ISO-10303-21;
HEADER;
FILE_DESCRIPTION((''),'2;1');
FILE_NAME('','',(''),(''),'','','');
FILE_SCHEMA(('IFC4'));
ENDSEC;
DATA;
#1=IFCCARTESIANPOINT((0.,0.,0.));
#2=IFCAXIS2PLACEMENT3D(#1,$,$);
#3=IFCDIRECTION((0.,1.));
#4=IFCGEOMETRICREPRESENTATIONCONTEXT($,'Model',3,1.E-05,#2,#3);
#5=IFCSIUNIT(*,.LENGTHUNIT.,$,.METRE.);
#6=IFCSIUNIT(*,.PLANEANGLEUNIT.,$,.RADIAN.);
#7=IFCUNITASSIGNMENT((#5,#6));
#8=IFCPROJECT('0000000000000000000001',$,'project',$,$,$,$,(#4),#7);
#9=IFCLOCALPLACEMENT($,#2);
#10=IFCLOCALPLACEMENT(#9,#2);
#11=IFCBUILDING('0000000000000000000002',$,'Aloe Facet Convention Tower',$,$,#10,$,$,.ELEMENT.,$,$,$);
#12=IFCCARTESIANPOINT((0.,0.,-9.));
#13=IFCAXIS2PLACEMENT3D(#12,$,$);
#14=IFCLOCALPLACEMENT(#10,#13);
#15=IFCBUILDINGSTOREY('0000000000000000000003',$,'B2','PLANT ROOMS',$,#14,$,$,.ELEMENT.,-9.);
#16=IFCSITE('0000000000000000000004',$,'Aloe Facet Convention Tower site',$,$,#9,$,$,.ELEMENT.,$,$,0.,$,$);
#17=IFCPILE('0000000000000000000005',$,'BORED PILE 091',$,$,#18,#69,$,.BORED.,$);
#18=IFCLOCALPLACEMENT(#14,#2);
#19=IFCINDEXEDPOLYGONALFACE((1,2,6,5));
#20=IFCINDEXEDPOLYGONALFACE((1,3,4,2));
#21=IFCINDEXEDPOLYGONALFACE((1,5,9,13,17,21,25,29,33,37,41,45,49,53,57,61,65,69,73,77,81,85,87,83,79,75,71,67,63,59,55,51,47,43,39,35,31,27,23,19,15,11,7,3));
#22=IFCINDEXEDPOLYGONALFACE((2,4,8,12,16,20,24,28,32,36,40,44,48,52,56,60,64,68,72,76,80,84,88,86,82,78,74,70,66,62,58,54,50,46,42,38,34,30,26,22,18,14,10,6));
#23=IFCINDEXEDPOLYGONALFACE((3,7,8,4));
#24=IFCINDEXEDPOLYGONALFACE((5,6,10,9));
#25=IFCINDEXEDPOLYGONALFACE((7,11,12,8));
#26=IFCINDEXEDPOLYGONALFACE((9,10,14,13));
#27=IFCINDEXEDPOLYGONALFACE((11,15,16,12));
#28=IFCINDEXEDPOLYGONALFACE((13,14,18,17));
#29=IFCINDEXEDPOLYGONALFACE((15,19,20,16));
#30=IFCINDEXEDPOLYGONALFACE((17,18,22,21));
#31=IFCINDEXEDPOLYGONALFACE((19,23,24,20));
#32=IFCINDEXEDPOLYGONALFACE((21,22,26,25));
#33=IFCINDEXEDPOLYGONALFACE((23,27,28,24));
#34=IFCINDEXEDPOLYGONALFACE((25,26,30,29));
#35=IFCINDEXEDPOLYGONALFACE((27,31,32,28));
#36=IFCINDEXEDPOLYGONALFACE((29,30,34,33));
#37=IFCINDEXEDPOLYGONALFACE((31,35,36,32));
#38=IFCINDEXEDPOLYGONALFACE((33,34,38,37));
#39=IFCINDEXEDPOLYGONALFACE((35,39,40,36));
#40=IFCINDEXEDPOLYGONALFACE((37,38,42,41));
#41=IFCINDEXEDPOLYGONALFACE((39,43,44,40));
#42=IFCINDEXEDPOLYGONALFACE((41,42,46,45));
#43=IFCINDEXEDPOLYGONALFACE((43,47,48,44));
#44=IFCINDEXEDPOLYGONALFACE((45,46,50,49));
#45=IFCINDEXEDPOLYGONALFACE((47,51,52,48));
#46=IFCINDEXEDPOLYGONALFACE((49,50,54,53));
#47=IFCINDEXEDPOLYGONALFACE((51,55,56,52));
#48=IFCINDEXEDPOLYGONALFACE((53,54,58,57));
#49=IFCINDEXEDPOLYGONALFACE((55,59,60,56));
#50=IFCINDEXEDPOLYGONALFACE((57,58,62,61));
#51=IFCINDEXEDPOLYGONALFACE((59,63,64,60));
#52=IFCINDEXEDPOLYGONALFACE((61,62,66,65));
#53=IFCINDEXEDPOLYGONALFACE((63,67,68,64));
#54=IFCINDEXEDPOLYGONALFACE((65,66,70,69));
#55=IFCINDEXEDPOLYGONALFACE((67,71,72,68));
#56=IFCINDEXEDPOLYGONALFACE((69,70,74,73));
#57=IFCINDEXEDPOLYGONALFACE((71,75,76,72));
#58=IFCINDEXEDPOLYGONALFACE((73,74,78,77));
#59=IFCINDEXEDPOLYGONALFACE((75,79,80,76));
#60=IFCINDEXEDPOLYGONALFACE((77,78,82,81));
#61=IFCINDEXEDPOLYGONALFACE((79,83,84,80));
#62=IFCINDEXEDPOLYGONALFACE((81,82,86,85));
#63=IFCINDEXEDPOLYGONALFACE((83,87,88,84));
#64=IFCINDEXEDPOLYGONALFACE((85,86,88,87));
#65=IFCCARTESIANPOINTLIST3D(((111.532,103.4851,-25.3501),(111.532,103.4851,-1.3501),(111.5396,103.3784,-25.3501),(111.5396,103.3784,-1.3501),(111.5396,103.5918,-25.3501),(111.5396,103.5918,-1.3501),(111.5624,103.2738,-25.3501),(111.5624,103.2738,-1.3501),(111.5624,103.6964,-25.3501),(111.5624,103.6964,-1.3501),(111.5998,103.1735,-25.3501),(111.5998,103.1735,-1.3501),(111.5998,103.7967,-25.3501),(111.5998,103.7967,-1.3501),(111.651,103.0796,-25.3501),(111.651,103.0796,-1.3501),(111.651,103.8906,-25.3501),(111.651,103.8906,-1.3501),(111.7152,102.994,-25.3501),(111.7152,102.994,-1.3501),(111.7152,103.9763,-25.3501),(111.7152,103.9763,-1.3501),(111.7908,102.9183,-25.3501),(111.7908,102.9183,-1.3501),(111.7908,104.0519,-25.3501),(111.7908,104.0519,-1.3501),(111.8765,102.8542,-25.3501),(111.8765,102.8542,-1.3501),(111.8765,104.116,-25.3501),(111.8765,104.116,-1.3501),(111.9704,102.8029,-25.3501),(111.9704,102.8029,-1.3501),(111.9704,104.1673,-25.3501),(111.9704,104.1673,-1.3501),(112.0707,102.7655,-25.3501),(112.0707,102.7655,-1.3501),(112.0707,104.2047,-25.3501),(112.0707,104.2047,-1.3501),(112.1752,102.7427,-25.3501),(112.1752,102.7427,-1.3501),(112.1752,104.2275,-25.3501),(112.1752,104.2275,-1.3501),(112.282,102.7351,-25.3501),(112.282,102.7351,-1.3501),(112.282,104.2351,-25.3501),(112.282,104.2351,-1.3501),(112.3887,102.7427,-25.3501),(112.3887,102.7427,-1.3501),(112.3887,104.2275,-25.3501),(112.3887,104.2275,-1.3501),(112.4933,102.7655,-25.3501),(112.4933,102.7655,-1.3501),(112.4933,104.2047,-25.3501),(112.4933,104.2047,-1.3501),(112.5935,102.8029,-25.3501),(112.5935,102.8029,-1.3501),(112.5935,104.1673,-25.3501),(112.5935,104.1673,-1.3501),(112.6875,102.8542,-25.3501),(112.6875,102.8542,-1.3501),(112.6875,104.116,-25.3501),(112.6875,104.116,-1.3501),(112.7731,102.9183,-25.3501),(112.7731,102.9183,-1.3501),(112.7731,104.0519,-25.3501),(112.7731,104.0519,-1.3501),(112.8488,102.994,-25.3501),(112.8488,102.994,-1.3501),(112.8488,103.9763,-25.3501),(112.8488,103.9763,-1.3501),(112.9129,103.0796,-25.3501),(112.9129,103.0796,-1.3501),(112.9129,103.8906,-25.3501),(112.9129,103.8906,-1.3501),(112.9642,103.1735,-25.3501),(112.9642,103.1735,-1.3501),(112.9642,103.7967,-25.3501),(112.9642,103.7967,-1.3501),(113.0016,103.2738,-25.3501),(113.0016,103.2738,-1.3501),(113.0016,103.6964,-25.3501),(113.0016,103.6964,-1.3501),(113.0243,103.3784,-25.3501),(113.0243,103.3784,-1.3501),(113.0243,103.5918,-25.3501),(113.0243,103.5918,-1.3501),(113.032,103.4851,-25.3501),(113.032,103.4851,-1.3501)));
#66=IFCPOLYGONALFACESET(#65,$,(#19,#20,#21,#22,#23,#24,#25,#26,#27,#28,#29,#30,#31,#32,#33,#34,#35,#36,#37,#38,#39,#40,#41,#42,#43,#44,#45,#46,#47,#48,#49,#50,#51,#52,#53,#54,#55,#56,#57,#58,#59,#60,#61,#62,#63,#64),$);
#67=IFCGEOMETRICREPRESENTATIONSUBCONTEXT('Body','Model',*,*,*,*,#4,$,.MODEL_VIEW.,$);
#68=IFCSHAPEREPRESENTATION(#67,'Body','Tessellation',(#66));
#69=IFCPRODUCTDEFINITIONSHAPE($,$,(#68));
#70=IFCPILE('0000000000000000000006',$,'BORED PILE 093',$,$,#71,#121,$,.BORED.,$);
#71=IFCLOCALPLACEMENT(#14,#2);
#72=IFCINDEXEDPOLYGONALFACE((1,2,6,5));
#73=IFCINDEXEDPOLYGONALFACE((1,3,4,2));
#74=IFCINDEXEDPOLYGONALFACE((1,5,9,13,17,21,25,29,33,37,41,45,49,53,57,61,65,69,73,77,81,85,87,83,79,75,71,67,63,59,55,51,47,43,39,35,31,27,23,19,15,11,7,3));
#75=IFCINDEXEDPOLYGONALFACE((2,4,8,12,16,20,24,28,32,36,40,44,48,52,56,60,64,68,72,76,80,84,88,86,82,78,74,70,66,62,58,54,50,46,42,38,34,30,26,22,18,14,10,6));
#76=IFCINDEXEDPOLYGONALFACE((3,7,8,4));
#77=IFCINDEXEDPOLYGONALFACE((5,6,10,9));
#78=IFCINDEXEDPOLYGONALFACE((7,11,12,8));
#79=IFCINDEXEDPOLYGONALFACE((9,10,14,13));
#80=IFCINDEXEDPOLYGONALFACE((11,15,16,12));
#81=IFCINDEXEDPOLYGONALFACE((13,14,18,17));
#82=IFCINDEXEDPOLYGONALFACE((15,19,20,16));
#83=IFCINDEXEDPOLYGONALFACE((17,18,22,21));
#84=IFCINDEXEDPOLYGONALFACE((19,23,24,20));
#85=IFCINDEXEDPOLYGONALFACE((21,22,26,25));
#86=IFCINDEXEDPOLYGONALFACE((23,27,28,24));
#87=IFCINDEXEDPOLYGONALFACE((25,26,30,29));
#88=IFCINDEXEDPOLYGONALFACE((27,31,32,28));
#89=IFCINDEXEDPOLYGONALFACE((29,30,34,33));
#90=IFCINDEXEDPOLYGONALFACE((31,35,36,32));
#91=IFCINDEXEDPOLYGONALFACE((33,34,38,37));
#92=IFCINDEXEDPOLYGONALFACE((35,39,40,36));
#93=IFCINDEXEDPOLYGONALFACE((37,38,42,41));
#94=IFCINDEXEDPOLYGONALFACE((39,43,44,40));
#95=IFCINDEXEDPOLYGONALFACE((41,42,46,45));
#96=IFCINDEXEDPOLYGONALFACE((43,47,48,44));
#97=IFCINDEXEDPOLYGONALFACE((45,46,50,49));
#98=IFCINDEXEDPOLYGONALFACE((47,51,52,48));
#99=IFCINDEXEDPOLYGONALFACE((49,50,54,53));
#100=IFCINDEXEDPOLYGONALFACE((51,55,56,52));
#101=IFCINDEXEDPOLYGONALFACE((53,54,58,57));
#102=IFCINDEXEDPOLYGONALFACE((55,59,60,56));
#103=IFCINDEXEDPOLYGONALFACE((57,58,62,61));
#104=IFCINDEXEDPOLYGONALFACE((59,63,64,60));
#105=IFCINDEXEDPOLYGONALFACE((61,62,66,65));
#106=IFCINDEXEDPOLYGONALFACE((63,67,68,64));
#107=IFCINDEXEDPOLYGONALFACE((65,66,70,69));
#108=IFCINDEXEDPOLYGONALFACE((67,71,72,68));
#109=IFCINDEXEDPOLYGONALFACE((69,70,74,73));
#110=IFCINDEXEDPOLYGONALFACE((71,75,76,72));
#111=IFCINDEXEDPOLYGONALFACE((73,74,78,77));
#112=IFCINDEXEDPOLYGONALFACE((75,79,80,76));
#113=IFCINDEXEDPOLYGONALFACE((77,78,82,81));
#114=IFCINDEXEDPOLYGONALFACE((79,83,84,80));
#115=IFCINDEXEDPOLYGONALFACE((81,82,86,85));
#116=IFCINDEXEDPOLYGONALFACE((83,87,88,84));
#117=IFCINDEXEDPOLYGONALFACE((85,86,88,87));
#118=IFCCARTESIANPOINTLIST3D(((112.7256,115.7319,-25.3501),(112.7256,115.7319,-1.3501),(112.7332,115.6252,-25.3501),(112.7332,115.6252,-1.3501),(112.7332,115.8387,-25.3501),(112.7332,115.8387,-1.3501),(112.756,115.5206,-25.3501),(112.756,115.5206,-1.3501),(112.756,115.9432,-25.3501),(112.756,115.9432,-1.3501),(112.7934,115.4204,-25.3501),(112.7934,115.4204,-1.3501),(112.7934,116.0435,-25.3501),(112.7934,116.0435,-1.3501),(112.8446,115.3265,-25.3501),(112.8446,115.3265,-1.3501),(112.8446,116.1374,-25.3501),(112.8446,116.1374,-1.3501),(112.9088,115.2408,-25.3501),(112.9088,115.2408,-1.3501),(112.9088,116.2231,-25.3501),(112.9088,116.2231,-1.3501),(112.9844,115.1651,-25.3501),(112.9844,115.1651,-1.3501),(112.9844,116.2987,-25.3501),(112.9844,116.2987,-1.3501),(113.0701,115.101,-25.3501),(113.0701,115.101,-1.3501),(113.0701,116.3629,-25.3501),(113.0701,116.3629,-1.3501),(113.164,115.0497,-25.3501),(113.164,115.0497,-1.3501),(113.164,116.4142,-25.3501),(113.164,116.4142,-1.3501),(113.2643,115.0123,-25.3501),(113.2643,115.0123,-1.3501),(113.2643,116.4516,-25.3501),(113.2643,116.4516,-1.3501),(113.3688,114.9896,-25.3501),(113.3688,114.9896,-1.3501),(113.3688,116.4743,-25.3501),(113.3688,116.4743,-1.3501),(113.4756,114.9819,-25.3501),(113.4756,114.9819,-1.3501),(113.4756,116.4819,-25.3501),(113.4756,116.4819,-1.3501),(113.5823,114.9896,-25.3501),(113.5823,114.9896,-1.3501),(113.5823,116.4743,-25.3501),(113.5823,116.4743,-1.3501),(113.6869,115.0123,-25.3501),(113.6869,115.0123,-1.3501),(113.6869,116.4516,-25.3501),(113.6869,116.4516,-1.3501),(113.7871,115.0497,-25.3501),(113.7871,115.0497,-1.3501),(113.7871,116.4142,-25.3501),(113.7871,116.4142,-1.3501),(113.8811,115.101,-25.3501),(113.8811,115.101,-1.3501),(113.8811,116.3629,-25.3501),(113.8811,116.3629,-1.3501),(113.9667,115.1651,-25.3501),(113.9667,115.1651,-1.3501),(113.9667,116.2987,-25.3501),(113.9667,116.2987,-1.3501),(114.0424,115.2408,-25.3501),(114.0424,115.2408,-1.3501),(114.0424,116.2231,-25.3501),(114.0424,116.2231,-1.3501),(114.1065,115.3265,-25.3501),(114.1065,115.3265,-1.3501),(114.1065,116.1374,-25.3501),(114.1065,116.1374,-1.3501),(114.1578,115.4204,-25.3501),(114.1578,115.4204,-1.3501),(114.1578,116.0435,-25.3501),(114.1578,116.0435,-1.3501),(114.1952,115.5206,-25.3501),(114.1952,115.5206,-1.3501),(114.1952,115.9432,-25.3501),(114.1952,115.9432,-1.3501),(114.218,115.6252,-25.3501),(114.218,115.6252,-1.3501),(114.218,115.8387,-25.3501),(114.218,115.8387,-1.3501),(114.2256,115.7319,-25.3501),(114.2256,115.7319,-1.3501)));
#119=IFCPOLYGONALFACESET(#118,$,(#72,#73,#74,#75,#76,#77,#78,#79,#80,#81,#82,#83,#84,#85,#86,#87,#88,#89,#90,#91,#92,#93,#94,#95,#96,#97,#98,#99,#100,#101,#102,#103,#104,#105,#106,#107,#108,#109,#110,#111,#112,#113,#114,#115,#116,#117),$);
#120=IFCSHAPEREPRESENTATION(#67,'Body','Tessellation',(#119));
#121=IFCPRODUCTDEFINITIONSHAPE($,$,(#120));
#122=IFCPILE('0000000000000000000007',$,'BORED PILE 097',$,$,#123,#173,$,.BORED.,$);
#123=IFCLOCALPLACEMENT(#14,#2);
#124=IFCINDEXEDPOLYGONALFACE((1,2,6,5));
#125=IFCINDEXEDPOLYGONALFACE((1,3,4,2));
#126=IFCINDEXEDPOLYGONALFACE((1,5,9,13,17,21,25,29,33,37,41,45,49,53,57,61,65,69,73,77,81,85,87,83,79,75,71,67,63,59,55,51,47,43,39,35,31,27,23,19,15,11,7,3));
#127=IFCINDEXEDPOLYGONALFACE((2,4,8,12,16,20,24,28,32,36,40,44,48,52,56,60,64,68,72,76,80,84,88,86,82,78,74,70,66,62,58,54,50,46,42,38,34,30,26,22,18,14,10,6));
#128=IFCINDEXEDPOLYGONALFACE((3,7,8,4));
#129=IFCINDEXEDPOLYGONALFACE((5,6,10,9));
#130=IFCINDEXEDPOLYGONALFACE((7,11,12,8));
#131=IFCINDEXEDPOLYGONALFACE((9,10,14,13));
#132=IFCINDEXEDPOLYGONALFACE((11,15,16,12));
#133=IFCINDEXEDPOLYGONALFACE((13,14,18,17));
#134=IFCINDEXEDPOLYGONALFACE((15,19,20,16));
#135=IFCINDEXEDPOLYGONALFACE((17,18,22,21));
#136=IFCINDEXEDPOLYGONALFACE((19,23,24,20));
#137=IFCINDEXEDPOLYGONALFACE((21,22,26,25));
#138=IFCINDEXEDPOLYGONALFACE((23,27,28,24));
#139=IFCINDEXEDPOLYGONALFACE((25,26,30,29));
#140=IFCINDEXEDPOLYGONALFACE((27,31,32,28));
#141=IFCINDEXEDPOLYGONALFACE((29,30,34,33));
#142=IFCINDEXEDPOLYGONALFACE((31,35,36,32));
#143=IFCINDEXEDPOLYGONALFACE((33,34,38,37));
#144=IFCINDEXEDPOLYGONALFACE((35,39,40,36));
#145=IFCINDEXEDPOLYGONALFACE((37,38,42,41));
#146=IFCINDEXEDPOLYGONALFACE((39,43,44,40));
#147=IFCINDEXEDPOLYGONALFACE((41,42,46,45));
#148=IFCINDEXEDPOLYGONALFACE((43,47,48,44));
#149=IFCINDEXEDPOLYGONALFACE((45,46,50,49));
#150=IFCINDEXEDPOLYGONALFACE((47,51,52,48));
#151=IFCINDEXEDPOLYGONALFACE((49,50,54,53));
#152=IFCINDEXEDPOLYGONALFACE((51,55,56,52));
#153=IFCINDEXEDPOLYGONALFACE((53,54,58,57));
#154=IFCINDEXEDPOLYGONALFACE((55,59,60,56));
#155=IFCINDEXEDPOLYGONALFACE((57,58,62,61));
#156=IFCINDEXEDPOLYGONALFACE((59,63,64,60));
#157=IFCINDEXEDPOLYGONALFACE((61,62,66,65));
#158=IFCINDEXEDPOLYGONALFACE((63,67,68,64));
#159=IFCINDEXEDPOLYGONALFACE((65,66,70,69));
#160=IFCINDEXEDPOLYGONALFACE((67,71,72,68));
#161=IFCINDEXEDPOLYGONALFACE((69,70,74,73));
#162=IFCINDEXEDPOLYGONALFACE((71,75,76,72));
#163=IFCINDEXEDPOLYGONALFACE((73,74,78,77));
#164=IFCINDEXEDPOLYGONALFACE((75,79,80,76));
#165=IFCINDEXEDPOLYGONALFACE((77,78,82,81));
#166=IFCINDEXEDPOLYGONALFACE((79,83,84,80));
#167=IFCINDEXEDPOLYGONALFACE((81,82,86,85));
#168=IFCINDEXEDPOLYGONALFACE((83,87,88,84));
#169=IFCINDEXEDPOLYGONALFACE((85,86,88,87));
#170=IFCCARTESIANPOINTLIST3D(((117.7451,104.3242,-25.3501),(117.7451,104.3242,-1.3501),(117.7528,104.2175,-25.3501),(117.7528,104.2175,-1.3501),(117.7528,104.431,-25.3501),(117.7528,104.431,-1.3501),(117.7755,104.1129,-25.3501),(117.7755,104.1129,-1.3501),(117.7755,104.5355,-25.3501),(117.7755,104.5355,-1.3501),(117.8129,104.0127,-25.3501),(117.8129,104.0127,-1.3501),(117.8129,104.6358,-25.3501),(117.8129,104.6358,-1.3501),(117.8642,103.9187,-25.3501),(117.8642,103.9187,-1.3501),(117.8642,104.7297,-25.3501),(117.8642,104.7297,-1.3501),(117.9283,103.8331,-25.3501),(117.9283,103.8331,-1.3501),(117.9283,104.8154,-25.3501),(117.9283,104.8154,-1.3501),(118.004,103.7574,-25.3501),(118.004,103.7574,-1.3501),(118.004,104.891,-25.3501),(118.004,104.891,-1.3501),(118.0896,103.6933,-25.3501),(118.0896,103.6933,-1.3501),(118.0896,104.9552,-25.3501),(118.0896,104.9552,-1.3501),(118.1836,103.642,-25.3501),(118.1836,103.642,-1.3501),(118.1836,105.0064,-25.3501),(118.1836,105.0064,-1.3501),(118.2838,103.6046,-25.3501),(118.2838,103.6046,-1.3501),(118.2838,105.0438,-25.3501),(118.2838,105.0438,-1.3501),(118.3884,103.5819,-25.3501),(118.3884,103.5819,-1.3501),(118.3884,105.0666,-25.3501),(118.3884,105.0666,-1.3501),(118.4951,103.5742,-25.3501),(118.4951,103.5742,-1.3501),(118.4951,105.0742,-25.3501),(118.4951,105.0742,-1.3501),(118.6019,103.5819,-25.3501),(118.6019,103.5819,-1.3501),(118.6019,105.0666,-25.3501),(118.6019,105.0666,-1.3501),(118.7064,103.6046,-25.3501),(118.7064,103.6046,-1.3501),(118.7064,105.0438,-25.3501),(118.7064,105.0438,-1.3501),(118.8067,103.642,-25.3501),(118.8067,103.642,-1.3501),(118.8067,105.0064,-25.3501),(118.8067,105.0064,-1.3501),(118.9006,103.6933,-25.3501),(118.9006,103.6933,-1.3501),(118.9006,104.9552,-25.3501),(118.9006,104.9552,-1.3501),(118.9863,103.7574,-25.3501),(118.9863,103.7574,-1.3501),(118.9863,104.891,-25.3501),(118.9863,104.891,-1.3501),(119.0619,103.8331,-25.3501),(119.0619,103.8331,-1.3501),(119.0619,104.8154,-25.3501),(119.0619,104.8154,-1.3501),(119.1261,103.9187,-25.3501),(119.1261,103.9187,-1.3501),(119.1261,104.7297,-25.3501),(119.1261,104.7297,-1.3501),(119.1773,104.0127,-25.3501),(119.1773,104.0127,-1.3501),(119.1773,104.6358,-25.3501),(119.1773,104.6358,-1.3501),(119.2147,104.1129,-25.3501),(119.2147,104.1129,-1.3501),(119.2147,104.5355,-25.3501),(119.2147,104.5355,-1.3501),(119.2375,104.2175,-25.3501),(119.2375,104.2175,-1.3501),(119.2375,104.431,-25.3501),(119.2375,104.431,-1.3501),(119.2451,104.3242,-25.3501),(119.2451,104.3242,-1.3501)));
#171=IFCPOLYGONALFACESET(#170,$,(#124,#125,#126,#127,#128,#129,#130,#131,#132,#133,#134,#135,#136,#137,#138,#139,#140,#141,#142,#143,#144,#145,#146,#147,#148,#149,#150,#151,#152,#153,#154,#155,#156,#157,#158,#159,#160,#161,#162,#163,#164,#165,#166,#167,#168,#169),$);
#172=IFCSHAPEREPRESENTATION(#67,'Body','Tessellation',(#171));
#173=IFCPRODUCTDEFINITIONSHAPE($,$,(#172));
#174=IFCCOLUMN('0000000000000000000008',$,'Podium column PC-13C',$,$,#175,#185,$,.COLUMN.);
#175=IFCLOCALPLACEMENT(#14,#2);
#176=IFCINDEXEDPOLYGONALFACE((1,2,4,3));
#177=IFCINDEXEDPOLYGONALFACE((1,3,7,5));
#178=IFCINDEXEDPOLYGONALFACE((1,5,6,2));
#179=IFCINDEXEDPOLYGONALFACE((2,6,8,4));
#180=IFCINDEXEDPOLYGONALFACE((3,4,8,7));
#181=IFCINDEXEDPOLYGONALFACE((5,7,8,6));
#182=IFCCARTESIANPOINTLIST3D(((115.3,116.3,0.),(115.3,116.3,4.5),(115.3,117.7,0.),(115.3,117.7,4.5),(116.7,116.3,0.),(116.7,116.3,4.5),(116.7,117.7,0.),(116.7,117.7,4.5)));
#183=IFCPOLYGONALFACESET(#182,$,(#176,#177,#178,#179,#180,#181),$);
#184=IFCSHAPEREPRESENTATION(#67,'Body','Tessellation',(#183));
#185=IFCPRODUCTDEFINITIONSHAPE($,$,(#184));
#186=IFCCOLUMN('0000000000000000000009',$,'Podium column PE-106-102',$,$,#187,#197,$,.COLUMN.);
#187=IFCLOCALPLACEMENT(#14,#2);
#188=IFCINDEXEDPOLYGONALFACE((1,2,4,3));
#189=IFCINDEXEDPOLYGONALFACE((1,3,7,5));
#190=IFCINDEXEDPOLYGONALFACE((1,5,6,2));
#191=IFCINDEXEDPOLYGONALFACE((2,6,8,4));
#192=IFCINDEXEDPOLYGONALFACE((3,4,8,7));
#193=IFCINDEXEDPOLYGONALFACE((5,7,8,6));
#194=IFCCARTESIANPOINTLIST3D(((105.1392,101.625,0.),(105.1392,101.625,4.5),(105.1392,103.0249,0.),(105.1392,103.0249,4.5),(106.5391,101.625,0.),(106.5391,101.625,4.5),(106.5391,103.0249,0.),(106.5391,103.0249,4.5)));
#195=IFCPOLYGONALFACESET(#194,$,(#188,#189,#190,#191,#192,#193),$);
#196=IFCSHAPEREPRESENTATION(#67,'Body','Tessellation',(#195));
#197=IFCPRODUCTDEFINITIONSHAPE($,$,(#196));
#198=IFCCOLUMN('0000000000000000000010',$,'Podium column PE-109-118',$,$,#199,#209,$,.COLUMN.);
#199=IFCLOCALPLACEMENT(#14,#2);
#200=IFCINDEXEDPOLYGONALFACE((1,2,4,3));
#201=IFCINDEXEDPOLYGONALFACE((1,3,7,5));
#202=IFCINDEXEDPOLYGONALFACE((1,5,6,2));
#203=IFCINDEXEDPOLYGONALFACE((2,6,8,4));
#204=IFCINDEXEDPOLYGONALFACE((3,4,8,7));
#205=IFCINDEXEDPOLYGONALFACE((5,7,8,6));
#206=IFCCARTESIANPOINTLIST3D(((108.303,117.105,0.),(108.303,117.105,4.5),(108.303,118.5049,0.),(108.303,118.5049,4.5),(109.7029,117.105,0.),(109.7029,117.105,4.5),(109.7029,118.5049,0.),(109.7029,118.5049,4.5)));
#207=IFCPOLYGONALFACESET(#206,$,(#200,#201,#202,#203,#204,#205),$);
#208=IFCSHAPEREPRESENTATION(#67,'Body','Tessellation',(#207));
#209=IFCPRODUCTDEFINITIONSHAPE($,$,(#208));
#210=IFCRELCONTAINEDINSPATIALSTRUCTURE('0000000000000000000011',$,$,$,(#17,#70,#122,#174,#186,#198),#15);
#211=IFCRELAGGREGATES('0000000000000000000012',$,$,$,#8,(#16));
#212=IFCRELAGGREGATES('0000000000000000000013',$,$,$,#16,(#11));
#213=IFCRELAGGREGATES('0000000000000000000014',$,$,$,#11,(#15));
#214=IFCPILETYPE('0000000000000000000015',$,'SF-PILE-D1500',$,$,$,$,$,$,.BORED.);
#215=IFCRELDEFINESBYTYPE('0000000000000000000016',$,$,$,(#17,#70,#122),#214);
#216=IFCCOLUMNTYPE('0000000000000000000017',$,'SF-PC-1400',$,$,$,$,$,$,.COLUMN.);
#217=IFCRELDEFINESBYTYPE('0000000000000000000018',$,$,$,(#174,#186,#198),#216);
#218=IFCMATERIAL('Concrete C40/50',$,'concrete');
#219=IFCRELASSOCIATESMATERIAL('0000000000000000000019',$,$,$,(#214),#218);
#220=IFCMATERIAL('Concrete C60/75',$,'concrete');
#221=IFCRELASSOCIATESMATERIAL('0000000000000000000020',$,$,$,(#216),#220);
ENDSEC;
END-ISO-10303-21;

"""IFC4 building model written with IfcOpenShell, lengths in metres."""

from ifc_helpers import new_model, si_unit, direction, frame, origin, origin_2d, place, context, subcontext, project, spatial, rectangle, circle, extrude, material, material_profile, profile_set, type_object, element, save


model = new_model("IFC4")

# Units and contexts
model_context = context("Model", 3, precision=1e-05, world=origin(), true_north=direction((0.0, 1.0)))
body_context = subcontext(model_context, "Body", "Model", "MODEL_VIEW")
ifc_project = project(units=[si_unit("LENGTHUNIT", "METRE"), si_unit("PLANEANGLEUNIT", "RADIAN")], contexts=[model_context])

# Site, building, storey
site_placement = place(None, origin())
site = spatial("IfcSite", under=ifc_project, at=site_placement, Name="Aloe Facet Convention Tower site", CompositionType="ELEMENT", RefElevation=0.0)
building_placement = place(site_placement, origin())
building = spatial("IfcBuilding", under=site, at=building_placement, Name="Aloe Facet Convention Tower", CompositionType="ELEMENT")
storey_placement = place(building_placement, frame((0.0, 0.0, -9.0)))
storey = spatial("IfcBuildingStorey", under=building, at=storey_placement, Name="B2", Description="PLANT ROOMS", CompositionType="ELEMENT", Elevation=-9.0)

# Piles
ifc_material_1 = material(Name="Concrete C40/50", Category="concrete")
ifc_material_profile_1 = material_profile(ifc_material_1, circle(Radius=0.75, at=origin_2d()), Name="D1500")
ifc_profile_set_1 = profile_set([ifc_material_profile_1], Name="Concrete C40/50")
pile_type = type_object("IfcPileType", Name="SF-PILE-D1500", PredefinedType="BORED", material=ifc_profile_set_1)
for number, where, z_axis, x_axis, name in (
    (1, (112.282, 103.4851, -1.3501), (0.0, 0.0, -1.0), (1.0, 0.0, 0.0), "BORED PILE 091"),
    (2, (113.4756, 115.7319, -1.3501), (0.0, 0.0, -1.0), (1.0, 0.0, 0.0), "BORED PILE 093"),
    (3, (118.4951, 104.3242, -1.3501), (0.0, 0.0, -1.0), (1.0, 0.0, 0.0), "BORED PILE 097"),
):
    element("IfcPile", number, at=place(storey_placement, frame(where, z_axis=z_axis, x_axis=x_axis)), inside=storey, type_object=pile_type, Name=name, PredefinedType="BORED", context=body_context, shape_type="SweptSolid", body=[
        extrude(circle(Radius=0.75, at=origin_2d()), origin(), (0.0, 0.0, 1.0), 24.0),
    ])

# Columns
ifc_material_2 = material(Name="Concrete C60/75", Category="concrete")
ifc_material_profile_2 = material_profile(ifc_material_2, rectangle(XDim=1.3999, YDim=1.3999, at=origin_2d()), Name="SF-PC-1400")
ifc_profile_set_2 = profile_set([ifc_material_profile_2], Name="Concrete C60/75")
column_type = type_object("IfcColumnType", Name="SF-PC-1400", PredefinedType="COLUMN", material=ifc_profile_set_2)
for number, where, z_axis, x_axis, name in (
    (4, (116.0, 117.0, 0.0), (0.0, 0.0, 1.0), (1.0, 0.0, 0.0), "Podium column PC-13C"),
    (5, (105.8391, 102.325, 0.0), (0.0, 0.0, 1.0), (1.0, 0.0, 0.0), "Podium column PE-106-102"),
    (6, (109.0029, 117.8049, 0.0), (0.0, 0.0, 1.0), (1.0, 0.0, 0.0), "Podium column PE-109-118"),
):
    element("IfcColumn", number, at=place(storey_placement, frame(where, z_axis=z_axis, x_axis=x_axis)), inside=storey, type_object=column_type, Name=name, PredefinedType="COLUMN", context=body_context, shape_type="SweptSolid", body=[
        extrude(rectangle(XDim=1.3999, YDim=1.3999, at=origin_2d()), origin(), (0.0, 0.0, 1.0), 4.5),
    ])

save(model, "model.ifc")
